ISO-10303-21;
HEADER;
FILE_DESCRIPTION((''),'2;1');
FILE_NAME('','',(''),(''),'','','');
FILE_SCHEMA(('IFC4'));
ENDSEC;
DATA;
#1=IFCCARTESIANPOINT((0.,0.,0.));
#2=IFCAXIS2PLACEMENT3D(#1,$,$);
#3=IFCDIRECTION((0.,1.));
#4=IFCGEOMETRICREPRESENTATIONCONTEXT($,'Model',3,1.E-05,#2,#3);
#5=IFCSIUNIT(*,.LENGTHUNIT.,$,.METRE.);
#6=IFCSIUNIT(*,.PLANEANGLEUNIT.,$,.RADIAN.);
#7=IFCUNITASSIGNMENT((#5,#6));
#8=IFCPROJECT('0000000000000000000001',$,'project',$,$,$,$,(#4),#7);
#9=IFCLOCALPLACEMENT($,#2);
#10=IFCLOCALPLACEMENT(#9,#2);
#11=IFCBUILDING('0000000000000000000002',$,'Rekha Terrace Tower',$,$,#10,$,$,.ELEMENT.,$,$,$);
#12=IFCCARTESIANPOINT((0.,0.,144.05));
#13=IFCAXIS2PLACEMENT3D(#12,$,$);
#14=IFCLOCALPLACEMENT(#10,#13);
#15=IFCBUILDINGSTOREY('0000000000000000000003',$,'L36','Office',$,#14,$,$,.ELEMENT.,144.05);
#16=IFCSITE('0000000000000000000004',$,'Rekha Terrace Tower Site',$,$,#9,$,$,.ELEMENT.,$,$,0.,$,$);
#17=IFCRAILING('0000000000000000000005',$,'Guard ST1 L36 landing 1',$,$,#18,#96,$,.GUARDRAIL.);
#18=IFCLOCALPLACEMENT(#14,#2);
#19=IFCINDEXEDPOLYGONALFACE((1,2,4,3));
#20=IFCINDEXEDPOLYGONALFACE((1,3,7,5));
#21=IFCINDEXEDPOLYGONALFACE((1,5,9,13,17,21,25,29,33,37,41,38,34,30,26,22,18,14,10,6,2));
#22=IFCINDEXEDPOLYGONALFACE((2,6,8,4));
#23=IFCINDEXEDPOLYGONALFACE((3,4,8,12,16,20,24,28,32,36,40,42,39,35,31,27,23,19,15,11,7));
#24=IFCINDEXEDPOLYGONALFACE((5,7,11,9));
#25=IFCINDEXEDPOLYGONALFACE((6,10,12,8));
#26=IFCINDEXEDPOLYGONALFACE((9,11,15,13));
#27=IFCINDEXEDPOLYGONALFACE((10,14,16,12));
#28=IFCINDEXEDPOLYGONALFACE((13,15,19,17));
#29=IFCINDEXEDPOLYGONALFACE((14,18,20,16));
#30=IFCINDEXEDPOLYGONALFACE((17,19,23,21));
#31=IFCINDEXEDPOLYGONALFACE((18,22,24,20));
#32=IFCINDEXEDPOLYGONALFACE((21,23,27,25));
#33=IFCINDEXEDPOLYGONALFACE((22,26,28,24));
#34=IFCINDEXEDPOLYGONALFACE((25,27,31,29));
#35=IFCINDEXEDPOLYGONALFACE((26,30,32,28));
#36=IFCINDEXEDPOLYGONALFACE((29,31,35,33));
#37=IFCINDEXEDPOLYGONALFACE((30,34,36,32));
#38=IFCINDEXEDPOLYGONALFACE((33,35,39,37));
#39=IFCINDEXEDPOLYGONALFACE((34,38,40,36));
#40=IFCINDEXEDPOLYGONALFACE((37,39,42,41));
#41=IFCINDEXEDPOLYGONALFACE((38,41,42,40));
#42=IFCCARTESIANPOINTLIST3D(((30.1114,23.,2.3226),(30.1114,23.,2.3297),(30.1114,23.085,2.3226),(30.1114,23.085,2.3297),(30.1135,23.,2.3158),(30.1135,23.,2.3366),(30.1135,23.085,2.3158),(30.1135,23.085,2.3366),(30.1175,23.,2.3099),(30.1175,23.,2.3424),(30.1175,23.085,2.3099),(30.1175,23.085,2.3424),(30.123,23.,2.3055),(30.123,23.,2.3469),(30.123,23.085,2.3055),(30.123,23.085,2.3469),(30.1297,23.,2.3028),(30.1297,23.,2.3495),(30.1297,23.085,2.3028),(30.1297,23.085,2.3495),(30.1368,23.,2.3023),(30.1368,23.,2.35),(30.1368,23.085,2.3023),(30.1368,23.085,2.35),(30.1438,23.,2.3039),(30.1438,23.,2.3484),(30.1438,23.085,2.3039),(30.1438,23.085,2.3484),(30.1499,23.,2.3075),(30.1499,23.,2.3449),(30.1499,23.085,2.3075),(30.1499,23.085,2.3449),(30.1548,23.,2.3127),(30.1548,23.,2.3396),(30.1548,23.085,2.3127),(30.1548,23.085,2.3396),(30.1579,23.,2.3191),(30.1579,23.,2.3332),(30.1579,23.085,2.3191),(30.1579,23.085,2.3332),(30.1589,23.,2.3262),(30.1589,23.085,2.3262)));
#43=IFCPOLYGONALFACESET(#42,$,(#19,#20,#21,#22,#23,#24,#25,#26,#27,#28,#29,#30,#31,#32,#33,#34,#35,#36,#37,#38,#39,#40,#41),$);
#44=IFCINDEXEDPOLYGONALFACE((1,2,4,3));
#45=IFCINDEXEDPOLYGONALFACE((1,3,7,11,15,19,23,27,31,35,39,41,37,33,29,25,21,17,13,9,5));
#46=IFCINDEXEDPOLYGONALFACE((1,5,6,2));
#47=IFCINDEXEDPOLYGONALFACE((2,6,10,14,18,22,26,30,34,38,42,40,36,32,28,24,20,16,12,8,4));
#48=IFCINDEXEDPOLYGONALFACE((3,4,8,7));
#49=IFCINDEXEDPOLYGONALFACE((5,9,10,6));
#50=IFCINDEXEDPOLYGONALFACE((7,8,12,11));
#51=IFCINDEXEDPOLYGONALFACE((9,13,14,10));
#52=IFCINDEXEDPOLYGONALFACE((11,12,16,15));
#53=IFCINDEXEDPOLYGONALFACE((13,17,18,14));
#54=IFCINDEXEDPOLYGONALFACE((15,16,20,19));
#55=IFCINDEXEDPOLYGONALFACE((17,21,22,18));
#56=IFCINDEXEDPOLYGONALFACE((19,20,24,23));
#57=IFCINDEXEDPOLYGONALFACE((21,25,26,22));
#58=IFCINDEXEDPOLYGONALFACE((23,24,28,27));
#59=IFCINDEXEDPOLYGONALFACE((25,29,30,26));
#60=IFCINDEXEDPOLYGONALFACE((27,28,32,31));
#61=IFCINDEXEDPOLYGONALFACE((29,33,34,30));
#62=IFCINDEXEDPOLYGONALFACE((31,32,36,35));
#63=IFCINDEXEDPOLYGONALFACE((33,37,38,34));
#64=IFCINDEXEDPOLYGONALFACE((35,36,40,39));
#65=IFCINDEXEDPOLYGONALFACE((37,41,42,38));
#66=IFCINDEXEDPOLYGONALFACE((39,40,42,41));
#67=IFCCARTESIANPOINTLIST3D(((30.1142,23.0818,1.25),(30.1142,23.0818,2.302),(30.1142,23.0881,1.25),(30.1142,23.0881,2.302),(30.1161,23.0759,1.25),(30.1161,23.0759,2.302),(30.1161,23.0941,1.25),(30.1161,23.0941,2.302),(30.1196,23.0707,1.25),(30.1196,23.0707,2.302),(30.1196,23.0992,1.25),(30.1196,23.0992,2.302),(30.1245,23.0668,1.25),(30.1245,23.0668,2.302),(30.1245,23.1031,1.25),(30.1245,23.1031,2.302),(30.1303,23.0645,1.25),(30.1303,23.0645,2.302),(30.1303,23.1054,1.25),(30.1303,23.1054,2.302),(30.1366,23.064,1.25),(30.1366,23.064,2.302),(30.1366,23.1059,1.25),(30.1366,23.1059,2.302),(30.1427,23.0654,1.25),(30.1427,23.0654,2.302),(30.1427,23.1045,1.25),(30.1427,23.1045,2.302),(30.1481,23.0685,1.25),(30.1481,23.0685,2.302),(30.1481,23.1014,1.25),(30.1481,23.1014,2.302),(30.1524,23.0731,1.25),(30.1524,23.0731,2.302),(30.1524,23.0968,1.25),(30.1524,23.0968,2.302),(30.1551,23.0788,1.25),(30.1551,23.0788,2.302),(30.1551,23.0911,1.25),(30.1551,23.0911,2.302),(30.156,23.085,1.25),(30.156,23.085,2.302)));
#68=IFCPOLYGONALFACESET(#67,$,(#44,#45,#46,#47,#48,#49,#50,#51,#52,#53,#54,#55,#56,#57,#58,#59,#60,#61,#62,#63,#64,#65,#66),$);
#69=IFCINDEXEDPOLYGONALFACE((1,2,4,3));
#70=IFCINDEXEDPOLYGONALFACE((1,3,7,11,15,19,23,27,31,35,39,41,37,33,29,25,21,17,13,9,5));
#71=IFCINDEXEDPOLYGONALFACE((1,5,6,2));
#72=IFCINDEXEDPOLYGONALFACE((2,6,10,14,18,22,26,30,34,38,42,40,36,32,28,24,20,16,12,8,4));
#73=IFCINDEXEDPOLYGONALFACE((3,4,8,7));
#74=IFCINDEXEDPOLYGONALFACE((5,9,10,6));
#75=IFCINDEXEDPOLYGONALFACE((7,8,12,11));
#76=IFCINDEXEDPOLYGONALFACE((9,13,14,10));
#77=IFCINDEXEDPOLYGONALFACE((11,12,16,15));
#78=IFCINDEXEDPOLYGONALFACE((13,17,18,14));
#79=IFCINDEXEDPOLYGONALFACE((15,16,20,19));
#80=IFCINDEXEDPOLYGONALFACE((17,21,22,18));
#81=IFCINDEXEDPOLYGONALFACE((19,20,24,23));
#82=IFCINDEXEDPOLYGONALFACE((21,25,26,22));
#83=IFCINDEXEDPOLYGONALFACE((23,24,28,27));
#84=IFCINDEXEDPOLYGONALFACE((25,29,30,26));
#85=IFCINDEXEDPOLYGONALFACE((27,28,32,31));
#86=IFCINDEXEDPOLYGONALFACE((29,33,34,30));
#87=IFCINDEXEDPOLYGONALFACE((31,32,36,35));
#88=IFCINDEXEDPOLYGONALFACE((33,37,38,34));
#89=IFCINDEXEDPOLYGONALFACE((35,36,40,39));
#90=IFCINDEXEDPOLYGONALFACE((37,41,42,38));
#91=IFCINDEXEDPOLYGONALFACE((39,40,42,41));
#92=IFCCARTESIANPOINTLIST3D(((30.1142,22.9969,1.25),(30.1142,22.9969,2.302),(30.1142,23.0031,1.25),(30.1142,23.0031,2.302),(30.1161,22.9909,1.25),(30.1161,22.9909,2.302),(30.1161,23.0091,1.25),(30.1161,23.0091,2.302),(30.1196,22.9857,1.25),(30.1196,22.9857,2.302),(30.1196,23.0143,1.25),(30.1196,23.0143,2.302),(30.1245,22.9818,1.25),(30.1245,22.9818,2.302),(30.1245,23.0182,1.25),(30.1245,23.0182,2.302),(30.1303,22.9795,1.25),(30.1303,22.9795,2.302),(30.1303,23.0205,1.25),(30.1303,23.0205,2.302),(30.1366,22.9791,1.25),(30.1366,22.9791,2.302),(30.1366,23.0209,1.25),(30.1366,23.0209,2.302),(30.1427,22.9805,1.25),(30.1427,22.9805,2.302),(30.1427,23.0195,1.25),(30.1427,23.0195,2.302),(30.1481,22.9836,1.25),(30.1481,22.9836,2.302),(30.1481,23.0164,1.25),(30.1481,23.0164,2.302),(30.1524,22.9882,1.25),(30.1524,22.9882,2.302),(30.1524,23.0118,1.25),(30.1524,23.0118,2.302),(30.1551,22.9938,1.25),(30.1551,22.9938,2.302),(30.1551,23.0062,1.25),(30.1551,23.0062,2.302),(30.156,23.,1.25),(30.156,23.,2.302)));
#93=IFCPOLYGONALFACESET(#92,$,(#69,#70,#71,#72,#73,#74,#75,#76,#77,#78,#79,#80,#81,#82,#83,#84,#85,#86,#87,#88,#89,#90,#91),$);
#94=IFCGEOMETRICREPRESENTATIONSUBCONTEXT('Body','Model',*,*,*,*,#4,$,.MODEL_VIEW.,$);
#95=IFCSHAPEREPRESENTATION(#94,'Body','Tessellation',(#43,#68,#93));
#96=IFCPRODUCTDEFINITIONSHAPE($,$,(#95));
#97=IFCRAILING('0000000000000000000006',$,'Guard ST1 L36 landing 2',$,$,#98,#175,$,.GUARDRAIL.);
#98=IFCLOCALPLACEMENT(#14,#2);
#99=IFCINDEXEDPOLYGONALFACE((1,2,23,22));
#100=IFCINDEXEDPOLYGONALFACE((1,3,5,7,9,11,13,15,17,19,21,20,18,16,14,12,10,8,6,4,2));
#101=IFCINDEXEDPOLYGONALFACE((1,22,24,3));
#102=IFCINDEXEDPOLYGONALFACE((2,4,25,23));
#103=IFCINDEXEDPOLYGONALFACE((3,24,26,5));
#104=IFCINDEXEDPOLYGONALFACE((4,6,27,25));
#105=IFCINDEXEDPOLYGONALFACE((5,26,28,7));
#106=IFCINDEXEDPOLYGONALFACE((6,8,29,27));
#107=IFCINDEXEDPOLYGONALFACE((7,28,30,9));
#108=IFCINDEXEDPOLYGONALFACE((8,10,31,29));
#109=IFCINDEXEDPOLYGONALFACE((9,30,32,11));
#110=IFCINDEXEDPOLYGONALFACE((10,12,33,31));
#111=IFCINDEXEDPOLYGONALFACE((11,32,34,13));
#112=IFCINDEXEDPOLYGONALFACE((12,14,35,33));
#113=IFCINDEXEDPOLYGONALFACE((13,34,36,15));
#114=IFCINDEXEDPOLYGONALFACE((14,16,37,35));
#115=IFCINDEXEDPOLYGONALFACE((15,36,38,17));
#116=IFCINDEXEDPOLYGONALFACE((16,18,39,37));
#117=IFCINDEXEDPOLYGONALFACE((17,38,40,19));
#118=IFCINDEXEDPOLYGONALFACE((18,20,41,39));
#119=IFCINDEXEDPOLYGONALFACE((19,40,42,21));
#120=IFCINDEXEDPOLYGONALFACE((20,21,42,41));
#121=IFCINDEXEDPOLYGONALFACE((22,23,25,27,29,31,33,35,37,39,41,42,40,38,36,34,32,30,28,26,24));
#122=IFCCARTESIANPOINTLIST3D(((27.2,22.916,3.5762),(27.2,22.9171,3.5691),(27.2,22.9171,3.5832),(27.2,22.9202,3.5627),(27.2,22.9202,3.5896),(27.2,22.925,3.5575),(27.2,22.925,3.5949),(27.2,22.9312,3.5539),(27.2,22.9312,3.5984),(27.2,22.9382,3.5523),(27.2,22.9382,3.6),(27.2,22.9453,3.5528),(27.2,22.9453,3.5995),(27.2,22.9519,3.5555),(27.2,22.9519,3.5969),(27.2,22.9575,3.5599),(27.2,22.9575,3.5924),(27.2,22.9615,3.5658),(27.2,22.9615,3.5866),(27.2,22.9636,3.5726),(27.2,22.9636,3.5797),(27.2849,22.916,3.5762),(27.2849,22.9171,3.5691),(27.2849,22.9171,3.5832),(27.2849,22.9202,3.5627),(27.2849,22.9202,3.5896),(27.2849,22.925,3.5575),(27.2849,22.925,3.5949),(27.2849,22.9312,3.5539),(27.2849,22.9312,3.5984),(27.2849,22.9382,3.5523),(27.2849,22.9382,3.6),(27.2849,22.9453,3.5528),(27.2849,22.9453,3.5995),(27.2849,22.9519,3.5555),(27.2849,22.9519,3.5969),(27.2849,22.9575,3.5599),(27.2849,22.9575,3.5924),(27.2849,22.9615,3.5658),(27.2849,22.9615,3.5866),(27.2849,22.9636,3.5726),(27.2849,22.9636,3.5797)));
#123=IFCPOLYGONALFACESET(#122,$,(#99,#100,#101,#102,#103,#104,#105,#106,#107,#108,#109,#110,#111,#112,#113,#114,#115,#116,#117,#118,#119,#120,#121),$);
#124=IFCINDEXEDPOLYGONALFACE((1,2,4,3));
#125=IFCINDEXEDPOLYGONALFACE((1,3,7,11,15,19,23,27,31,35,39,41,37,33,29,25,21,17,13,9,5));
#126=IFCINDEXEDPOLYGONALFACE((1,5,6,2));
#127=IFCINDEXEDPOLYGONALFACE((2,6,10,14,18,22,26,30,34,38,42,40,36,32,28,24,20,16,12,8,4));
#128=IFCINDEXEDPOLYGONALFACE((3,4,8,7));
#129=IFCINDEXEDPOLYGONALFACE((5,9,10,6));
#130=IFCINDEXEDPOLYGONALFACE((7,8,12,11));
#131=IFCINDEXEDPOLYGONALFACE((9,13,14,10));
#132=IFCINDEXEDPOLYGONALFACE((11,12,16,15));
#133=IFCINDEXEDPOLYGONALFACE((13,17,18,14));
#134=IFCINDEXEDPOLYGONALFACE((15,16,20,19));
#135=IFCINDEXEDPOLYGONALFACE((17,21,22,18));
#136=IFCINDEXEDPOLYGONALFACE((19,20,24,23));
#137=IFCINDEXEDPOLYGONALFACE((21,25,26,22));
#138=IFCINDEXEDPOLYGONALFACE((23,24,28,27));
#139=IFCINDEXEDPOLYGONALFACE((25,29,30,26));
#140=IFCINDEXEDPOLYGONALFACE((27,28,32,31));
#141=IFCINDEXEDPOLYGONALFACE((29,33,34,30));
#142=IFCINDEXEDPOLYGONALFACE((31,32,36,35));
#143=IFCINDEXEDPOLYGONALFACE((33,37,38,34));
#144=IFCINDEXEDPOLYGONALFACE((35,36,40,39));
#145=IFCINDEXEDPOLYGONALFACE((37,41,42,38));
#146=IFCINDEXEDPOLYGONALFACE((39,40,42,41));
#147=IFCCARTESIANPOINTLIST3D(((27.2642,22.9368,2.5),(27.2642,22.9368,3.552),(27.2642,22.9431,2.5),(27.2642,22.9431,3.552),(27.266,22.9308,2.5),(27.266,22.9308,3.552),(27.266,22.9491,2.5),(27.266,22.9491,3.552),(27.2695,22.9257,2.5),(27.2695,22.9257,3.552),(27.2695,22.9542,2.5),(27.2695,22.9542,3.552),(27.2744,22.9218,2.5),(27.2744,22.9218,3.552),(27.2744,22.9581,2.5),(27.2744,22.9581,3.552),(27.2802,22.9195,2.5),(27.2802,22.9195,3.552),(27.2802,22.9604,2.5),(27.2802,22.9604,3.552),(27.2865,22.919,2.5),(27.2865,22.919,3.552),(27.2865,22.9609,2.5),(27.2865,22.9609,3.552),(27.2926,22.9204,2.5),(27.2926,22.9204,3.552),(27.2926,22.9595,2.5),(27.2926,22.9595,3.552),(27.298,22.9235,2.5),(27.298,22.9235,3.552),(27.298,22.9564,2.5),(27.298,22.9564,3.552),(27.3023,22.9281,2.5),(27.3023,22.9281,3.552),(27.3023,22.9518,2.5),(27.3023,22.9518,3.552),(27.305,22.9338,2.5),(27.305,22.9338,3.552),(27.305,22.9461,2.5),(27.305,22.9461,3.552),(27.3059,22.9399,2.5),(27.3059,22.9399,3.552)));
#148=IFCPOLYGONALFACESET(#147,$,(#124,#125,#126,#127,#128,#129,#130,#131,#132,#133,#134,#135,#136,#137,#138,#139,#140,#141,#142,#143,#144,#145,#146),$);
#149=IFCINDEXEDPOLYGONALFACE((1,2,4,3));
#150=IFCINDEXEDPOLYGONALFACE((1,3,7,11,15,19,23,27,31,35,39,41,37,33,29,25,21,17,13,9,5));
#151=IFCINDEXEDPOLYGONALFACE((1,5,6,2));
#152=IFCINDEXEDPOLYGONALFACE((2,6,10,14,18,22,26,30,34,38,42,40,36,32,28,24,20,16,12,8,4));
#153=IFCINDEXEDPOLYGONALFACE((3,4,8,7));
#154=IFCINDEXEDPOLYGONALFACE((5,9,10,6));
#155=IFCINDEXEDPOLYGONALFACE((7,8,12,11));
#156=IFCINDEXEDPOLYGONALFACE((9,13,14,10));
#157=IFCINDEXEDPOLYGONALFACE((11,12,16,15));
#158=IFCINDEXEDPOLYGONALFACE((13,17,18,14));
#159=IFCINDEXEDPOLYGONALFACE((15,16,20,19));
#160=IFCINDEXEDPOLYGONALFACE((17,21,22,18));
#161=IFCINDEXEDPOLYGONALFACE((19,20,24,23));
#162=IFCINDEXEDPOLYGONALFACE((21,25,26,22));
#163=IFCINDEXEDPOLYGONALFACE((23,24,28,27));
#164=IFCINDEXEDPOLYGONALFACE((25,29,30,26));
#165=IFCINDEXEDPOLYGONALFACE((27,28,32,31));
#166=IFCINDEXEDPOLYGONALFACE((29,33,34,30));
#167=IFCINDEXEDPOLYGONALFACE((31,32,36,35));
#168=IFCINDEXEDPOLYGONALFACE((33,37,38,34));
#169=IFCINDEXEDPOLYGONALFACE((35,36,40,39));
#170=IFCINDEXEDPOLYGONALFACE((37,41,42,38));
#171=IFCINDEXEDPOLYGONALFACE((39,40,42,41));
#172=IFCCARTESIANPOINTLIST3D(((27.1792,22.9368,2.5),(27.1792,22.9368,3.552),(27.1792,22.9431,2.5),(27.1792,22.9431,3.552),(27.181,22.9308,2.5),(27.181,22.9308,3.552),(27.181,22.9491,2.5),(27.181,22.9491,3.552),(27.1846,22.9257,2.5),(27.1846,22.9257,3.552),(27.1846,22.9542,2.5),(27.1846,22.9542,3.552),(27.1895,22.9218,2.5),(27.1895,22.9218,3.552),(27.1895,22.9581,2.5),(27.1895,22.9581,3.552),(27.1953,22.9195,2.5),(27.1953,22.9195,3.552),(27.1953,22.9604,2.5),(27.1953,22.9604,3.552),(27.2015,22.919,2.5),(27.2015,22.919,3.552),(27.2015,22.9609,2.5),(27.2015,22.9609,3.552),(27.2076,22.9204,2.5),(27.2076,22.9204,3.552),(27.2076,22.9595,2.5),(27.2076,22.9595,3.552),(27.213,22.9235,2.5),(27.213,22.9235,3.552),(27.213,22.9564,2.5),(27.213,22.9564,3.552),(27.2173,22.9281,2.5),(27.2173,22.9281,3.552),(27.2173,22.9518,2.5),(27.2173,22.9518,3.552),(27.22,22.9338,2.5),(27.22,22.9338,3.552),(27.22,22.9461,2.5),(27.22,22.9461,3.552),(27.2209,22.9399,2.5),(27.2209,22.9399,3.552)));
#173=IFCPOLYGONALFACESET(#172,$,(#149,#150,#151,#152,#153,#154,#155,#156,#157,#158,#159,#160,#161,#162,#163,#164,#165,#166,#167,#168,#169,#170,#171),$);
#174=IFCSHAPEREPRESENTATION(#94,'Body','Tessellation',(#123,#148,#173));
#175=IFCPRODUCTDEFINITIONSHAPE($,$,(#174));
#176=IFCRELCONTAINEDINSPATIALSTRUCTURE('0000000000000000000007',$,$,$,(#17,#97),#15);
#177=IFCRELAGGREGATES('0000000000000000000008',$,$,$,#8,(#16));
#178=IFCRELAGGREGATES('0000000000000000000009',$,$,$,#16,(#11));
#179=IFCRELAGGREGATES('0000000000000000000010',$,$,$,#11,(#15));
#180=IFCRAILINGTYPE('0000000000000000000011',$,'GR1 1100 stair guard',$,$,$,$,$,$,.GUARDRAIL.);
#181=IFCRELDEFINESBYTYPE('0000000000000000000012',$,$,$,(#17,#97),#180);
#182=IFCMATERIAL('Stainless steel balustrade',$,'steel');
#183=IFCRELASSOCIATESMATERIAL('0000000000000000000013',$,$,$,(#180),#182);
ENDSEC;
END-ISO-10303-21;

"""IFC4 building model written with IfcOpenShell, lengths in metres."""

from ifc_helpers import new_model, si_unit, direction, frame, origin, origin_2d, place, context, subcontext, project, spatial, circle, extrude, material, type_object, element, save


model = new_model("IFC4")

# Units and contexts
model_context = context("Model", 3, precision=1e-05, world=origin(), true_north=direction((0.0, 1.0)))
body_context = subcontext(model_context, "Body", "Model", "MODEL_VIEW")
ifc_project = project(units=[si_unit("LENGTHUNIT", "METRE"), si_unit("PLANEANGLEUNIT", "RADIAN")], contexts=[model_context])

# Site, building, storey
site_placement = place(None, origin())
site = spatial("IfcSite", under=ifc_project, at=site_placement, Name="Rekha Terrace Tower Site", CompositionType="ELEMENT", RefElevation=0.0)
building_placement = place(site_placement, origin())
building = spatial("IfcBuilding", under=site, at=building_placement, Name="Rekha Terrace Tower", CompositionType="ELEMENT")
storey_placement = place(building_placement, frame((0.0, 0.0, 144.05)))
storey = spatial("IfcBuildingStorey", under=building, at=storey_placement, Name="L36", Description="Office", CompositionType="ELEMENT", Elevation=144.05)

# Railings
ifc_material_1 = material(Name="Stainless steel balustrade", Category="steel")
railing_type_1 = type_object("IfcRailingType", Name="GR1 1100 stair guard", PredefinedType="GUARDRAIL", material=ifc_material_1)
railing_1_placement = place(storey_placement, frame((30.135, 23.085, 1.25)))
element("IfcRailing", 1, at=railing_1_placement, inside=storey, type_object=railing_type_1, Name="Guard ST1 L36 landing 1", PredefinedType="GUARDRAIL", context=body_context, shape_type="SweptSolid", body=[
    extrude(circle(Radius=0.0239, at=origin_2d()), frame((0.0, 0.0, 1.0762), z_axis=(0.0, -1.0, 0.0), x_axis=(1.0, 0.0, 0.0)), (0.0, 0.0, 1.0), 0.085),
    extrude(circle(Radius=0.021, at=origin_2d()), origin(), (0.0, 0.0, 1.0), 1.052),
    extrude(circle(Radius=0.021, at=origin_2d()), frame((0.0, -0.085, 0.0)), (0.0, 0.0, 1.0), 1.052),
])
railing_2_placement = place(storey_placement, frame((27.2849, 22.9399, 2.5)))
element("IfcRailing", 2, at=railing_2_placement, inside=storey, type_object=railing_type_1, Name="Guard ST1 L36 landing 2", PredefinedType="GUARDRAIL", context=body_context, shape_type="SweptSolid", body=[
    extrude(circle(Radius=0.0239, at=origin_2d()), frame((0.0, 0.0, 1.0762), z_axis=(-1.0, 0.0, 0.0), x_axis=(0.0, -1.0, 0.0)), (0.0, 0.0, 1.0), 0.085),
    extrude(circle(Radius=0.021, at=origin_2d()), origin(), (0.0, 0.0, 1.0), 1.052),
    extrude(circle(Radius=0.021, at=origin_2d()), frame((-0.085, 0.0, 0.0)), (0.0, 0.0, 1.0), 1.052),
])

save(model, "model.ifc")
